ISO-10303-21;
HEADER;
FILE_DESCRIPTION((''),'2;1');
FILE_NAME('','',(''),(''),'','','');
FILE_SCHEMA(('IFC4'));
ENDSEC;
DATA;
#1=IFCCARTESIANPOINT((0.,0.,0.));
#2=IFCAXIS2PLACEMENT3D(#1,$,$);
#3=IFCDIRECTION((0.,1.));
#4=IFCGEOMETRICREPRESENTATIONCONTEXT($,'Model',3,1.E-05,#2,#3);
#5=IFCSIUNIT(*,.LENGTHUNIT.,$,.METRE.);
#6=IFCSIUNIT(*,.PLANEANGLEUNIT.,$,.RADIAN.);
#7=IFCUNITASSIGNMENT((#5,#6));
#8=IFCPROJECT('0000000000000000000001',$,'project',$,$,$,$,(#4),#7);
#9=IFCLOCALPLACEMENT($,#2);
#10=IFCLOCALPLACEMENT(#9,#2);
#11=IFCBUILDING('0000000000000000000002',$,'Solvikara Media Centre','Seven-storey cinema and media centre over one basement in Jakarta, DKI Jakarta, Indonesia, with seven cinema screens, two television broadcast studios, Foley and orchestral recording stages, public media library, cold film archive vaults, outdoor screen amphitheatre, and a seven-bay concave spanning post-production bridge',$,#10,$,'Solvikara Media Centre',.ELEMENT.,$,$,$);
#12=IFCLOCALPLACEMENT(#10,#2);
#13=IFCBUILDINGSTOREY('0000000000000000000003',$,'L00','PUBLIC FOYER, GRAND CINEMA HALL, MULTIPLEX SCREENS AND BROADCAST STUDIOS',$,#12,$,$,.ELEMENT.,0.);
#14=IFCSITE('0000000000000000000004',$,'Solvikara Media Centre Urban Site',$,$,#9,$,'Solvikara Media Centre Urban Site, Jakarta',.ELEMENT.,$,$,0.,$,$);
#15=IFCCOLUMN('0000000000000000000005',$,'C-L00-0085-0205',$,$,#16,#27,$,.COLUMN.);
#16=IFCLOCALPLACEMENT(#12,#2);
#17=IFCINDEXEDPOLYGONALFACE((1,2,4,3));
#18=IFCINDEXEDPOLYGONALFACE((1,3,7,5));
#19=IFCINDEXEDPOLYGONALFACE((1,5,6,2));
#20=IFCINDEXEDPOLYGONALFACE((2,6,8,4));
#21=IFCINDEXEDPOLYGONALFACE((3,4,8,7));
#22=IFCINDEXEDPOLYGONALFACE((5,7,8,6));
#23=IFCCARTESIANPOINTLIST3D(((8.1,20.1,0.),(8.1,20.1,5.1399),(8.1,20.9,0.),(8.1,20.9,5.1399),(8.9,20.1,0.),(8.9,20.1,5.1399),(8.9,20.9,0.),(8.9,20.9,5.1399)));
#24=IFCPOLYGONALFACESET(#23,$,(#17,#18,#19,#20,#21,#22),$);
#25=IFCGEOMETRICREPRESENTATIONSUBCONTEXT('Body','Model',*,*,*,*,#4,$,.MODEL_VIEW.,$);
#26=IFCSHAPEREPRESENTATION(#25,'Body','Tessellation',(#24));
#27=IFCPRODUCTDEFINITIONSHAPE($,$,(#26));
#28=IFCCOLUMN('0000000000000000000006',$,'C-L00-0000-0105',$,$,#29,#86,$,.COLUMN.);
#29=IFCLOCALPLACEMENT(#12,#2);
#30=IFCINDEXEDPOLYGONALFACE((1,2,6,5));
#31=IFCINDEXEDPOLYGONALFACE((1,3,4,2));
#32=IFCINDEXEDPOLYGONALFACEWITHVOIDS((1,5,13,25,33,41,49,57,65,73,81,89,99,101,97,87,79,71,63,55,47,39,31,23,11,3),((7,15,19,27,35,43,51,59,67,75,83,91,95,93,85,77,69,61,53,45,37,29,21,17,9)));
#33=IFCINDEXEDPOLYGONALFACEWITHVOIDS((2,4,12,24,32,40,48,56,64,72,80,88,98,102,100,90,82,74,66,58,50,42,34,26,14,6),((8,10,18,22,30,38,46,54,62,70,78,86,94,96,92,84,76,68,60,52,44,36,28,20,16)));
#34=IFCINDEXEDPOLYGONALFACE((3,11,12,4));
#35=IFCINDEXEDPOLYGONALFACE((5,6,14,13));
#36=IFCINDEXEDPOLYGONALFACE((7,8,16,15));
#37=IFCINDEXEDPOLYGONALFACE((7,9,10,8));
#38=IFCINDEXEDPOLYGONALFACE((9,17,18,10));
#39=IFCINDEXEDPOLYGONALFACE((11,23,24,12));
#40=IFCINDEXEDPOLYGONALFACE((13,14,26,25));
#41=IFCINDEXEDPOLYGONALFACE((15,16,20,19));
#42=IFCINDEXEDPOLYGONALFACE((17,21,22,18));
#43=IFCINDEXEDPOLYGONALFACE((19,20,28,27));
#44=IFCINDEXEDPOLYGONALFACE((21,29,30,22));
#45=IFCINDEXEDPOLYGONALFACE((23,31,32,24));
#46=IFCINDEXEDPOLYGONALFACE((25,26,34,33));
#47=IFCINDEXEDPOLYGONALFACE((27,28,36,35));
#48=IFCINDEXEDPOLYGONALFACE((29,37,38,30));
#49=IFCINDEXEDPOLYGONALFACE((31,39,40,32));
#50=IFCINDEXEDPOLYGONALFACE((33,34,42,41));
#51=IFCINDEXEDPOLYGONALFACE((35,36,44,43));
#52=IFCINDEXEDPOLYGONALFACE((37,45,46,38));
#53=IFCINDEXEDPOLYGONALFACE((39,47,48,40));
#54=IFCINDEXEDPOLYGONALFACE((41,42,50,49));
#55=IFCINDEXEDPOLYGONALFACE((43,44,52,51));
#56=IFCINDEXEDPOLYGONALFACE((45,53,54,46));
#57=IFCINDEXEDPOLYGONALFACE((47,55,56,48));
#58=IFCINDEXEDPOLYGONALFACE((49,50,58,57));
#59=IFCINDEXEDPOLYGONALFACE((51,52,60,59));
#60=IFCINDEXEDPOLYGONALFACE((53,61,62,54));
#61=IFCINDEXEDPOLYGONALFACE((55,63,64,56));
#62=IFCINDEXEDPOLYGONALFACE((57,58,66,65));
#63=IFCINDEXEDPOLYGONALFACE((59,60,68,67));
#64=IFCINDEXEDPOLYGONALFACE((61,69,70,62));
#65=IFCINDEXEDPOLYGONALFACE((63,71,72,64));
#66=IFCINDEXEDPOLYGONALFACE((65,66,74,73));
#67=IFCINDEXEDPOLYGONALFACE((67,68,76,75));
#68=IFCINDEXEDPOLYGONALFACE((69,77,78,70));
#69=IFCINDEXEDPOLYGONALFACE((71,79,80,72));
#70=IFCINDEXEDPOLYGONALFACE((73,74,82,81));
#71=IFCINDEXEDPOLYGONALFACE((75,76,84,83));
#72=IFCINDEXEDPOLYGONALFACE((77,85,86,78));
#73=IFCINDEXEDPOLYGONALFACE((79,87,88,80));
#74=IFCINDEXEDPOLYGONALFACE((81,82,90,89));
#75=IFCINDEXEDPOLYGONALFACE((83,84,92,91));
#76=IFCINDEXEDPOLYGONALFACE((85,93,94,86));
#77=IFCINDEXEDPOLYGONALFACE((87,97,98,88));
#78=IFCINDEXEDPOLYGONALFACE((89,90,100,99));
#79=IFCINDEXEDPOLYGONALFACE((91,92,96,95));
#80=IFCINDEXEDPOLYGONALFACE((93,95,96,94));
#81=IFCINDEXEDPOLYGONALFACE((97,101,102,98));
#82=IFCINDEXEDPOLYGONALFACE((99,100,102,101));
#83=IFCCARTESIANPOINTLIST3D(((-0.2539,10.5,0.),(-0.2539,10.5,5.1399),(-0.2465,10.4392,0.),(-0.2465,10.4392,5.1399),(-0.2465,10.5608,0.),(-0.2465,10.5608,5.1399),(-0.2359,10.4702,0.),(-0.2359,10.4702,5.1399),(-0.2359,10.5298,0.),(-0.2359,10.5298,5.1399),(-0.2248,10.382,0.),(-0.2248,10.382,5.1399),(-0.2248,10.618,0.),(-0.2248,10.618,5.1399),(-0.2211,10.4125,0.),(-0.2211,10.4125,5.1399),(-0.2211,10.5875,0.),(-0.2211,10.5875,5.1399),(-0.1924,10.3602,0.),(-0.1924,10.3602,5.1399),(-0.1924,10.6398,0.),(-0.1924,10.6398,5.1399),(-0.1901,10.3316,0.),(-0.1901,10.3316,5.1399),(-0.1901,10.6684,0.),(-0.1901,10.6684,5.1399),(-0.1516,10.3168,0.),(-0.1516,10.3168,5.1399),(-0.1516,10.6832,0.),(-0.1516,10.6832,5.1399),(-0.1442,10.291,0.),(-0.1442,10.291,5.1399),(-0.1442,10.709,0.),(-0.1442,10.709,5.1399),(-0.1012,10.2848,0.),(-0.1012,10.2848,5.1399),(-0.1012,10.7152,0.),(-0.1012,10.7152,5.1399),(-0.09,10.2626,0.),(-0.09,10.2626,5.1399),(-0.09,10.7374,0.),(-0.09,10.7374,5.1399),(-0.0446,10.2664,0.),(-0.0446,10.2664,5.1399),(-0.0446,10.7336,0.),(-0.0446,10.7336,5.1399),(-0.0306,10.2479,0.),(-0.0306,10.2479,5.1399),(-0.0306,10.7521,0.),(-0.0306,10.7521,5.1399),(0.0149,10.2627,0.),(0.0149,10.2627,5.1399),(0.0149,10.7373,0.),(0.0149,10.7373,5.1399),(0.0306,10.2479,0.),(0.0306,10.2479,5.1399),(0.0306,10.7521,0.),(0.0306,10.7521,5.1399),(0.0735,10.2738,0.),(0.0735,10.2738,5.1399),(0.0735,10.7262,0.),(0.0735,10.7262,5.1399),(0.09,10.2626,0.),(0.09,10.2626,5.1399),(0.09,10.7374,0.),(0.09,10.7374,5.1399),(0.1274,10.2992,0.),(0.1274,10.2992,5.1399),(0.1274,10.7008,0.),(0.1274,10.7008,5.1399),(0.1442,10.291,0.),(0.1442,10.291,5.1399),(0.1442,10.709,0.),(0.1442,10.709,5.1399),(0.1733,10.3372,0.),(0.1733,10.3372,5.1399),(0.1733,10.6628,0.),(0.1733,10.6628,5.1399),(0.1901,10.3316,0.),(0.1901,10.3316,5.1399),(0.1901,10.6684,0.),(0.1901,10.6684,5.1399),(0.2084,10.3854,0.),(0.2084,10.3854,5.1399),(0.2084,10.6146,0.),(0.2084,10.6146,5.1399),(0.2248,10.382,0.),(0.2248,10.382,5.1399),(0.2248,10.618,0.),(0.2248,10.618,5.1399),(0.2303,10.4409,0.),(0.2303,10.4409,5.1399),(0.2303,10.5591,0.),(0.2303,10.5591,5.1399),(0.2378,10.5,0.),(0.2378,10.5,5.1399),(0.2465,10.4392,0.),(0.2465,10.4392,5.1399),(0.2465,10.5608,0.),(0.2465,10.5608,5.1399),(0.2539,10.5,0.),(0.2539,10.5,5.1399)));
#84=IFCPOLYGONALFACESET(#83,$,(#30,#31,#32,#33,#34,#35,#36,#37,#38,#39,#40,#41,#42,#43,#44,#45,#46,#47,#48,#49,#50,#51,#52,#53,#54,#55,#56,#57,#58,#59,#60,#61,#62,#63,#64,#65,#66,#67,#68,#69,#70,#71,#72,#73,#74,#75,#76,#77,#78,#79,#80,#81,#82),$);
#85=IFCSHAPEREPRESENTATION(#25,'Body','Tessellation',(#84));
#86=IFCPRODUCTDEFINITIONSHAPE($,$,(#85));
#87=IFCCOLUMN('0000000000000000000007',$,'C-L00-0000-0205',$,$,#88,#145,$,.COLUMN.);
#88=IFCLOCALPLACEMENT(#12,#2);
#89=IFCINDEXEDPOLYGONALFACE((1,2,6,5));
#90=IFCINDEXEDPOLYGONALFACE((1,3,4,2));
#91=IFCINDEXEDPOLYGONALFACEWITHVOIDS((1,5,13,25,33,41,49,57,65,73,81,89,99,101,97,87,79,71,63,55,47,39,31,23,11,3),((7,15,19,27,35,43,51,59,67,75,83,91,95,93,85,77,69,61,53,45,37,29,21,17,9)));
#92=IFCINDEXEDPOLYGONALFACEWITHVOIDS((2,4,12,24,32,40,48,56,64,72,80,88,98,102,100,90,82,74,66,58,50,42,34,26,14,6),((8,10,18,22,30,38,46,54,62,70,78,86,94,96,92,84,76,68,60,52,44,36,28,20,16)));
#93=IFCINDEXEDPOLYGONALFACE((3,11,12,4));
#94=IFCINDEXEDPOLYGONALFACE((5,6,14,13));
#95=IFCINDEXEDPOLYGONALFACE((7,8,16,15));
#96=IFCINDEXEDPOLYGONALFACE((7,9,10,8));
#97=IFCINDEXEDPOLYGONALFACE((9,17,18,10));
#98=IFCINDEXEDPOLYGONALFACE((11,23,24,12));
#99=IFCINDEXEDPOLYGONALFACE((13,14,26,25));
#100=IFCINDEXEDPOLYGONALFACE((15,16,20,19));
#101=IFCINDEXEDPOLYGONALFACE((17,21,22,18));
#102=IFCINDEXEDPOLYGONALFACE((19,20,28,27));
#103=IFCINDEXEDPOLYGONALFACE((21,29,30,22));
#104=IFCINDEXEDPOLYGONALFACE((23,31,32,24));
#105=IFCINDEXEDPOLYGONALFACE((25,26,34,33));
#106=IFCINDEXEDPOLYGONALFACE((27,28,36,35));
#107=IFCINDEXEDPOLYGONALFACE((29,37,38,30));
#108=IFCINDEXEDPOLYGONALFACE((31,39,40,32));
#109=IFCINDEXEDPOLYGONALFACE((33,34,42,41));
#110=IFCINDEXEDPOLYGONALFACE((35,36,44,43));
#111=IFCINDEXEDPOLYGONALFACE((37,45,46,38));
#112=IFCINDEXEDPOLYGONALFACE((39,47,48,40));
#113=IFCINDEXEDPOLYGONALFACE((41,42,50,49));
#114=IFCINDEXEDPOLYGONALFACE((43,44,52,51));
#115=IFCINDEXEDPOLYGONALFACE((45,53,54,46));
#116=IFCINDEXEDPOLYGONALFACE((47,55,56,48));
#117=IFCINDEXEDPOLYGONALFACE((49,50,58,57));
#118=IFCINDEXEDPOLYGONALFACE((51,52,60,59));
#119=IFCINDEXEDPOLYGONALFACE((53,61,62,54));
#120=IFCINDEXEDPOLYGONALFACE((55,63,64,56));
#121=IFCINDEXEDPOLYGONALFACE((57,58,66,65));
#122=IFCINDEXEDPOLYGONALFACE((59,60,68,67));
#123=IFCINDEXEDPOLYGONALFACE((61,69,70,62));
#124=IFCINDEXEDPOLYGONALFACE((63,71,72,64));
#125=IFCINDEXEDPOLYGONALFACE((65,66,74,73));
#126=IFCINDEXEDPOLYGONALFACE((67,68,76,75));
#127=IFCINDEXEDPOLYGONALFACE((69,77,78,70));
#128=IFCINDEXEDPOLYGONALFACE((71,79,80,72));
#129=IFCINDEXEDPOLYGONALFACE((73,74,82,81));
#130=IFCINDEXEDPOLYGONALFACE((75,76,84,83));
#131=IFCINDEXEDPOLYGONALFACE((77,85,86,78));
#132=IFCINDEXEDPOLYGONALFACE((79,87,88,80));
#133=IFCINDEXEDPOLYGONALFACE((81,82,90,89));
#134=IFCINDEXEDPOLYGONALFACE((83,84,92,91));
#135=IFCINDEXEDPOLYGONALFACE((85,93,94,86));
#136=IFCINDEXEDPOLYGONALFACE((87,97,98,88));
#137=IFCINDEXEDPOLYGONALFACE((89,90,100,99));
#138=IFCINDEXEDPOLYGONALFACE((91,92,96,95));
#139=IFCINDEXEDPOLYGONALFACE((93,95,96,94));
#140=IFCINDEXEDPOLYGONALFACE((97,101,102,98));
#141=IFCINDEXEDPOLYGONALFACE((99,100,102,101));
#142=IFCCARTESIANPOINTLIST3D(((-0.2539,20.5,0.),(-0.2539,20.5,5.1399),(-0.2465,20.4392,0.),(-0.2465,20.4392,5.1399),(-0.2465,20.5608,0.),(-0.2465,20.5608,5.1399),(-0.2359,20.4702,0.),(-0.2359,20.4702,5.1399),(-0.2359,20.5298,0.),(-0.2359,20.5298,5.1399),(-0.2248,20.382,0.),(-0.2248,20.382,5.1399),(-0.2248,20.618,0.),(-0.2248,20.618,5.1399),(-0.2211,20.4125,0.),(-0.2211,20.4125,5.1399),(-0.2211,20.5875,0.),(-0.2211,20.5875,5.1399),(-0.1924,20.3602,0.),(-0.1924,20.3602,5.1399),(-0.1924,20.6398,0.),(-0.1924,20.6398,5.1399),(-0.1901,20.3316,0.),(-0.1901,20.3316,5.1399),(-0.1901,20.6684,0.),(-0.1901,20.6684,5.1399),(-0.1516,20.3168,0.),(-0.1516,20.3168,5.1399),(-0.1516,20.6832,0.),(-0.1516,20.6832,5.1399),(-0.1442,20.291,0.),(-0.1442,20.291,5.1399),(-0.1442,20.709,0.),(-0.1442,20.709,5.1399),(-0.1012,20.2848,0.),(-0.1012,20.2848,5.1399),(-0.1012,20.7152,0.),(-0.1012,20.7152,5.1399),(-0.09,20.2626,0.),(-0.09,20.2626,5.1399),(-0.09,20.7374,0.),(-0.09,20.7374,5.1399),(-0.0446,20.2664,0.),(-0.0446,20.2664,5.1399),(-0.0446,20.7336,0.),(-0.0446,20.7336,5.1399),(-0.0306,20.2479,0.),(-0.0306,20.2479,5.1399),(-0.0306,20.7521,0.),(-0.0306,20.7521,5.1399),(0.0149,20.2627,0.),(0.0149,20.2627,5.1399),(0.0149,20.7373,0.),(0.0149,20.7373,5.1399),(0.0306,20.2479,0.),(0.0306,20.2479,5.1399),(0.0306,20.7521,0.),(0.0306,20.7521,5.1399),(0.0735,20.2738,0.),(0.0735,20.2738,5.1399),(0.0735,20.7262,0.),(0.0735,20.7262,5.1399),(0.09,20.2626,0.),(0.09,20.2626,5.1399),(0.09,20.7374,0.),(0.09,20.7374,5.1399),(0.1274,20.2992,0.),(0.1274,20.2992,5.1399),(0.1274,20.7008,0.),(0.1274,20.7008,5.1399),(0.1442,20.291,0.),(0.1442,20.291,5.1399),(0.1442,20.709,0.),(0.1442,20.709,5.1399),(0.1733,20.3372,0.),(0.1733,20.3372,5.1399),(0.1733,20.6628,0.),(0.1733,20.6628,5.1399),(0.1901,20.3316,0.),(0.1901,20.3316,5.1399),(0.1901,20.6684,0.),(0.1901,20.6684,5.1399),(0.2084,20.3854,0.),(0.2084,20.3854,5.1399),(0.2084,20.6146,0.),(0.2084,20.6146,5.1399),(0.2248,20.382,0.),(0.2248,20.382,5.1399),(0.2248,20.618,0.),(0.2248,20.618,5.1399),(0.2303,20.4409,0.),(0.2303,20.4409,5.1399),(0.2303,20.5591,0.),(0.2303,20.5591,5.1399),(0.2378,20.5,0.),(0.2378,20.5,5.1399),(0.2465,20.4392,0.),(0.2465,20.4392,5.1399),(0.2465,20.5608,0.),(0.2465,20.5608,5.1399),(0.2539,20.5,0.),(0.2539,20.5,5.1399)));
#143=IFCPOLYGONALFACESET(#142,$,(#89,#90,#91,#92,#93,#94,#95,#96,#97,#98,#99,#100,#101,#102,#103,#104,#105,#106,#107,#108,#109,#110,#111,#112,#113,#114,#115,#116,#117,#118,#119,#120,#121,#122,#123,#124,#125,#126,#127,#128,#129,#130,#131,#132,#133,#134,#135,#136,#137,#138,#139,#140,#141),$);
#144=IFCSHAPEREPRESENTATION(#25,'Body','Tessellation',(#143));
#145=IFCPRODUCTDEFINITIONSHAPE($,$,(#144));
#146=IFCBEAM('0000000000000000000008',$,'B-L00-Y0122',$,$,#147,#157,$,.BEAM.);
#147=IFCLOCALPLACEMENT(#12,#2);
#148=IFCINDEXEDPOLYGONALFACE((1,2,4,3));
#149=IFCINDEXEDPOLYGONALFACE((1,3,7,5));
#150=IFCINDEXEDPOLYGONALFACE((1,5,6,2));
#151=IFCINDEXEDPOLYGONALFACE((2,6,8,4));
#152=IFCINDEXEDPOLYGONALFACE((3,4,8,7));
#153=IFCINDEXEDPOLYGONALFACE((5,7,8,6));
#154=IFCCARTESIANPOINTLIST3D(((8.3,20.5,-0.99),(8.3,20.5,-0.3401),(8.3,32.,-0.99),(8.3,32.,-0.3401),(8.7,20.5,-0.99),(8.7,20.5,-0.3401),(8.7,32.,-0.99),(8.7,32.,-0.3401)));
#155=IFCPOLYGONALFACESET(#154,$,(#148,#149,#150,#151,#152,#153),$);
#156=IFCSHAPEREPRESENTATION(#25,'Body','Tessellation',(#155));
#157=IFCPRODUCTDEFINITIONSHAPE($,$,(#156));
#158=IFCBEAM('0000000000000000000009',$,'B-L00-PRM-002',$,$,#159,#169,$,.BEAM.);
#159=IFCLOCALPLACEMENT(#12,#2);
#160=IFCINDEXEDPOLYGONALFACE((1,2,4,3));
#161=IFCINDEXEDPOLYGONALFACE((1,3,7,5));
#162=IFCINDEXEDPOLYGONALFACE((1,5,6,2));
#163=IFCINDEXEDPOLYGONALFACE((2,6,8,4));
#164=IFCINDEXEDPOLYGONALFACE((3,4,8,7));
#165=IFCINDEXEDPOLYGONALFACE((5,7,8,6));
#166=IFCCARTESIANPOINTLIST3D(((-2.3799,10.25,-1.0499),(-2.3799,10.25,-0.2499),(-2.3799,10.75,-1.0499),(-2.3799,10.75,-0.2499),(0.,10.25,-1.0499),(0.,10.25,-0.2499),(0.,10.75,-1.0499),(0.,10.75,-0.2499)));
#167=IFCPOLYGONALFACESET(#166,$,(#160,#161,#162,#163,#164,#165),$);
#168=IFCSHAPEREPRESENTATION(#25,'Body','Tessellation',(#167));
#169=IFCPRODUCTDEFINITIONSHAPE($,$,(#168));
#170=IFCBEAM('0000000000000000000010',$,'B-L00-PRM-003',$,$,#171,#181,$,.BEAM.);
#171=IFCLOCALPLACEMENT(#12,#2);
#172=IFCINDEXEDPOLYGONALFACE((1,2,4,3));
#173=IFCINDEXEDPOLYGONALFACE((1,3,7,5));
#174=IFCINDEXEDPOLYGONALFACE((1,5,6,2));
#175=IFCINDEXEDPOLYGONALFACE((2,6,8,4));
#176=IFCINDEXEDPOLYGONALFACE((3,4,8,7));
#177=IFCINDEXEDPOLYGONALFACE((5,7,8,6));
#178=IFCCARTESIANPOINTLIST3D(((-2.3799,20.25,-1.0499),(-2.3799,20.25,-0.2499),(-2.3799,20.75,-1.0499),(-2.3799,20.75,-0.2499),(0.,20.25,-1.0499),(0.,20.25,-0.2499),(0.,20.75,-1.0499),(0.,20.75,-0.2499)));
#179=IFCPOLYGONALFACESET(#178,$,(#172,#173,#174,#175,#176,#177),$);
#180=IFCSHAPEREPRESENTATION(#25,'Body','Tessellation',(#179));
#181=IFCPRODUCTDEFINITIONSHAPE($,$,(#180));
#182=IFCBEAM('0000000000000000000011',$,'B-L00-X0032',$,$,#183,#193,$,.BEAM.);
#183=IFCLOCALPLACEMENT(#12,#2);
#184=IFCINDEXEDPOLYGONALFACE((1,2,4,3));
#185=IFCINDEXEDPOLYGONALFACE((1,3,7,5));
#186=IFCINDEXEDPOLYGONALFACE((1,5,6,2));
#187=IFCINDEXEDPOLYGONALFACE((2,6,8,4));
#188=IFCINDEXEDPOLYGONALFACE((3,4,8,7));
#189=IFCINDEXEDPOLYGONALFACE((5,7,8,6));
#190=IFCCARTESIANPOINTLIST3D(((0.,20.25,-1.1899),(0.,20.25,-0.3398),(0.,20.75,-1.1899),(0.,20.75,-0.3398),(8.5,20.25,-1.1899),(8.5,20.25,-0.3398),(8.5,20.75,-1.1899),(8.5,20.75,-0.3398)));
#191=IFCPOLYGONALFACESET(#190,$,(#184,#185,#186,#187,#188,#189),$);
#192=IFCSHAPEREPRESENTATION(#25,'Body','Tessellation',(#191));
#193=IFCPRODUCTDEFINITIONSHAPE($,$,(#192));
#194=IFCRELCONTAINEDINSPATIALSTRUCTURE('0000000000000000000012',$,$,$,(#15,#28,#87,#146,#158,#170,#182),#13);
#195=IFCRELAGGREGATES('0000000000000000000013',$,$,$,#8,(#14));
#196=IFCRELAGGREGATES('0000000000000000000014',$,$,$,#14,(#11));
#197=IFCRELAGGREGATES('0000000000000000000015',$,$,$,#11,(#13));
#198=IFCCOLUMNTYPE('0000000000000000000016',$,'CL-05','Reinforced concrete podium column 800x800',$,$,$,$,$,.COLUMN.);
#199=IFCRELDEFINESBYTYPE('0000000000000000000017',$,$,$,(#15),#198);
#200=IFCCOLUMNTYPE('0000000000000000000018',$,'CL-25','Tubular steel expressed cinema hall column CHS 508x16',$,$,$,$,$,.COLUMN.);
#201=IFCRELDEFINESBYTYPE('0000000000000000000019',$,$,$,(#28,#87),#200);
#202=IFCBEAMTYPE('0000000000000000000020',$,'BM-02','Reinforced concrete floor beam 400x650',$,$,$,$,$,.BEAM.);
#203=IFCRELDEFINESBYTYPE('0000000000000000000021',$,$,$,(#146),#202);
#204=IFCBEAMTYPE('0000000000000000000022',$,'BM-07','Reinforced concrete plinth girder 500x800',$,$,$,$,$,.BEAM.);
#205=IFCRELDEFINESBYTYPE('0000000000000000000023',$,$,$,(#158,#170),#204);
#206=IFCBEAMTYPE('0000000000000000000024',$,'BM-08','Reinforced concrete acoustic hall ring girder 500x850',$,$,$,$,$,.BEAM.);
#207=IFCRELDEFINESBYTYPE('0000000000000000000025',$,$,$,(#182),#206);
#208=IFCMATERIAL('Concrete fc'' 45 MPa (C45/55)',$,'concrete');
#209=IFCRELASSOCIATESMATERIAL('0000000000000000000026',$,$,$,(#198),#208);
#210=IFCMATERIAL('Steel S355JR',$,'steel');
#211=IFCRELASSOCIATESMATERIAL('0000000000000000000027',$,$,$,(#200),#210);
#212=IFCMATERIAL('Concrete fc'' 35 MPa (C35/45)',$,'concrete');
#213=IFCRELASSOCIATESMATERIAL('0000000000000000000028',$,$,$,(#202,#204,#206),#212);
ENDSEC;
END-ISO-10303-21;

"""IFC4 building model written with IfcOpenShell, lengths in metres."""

from ifc_helpers import new_model, si_unit, direction, frame, origin, origin_2d, place, context, subcontext, project, spatial, rectangle, hollow_circle, extrude, material, material_profile, profile_set, type_object, element, save


model = new_model("IFC4")

# Units and contexts
model_context = context("Model", 3, precision=1e-05, world=origin(), true_north=direction((0.0, 1.0)))
body_context = subcontext(model_context, "Body", "Model", "MODEL_VIEW")
ifc_project = project(units=[si_unit("LENGTHUNIT", "METRE"), si_unit("PLANEANGLEUNIT", "RADIAN")], contexts=[model_context])

# Site, building, storey
site_placement = place(None, origin())
site = spatial("IfcSite", under=ifc_project, at=site_placement, Name="Solvikara Media Centre Urban Site", LongName="Solvikara Media Centre Urban Site, Jakarta", CompositionType="ELEMENT", RefElevation=0.0)
building_placement = place(site_placement, origin())
building = spatial("IfcBuilding", under=site, at=building_placement, Name="Solvikara Media Centre", Description="Seven-storey cinema and media centre over one basement in Jakarta, DKI Jakarta, Indonesia, with seven cinema screens, two television broadcast studios, Foley and orchestral recording stages, public media library, cold film archive vaults, outdoor screen amphitheatre, and a seven-bay concave spanning post-production bridge", LongName="Solvikara Media Centre", CompositionType="ELEMENT")
storey_placement = place(building_placement, origin())
storey = spatial("IfcBuildingStorey", under=building, at=storey_placement, Name="L00", Description="PUBLIC FOYER, GRAND CINEMA HALL, MULTIPLEX SCREENS AND BROADCAST STUDIOS", CompositionType="ELEMENT", Elevation=0.0)

# Columns
ifc_material_1 = material(Name="Concrete fc' 45 MPa (C45/55)", Category="concrete")
ifc_material_profile_1 = material_profile(ifc_material_1, rectangle(XDim=0.8, YDim=0.8, at=origin_2d()), Name="RC 800x800")
ifc_profile_set_1 = profile_set([ifc_material_profile_1], Name="Concrete fc' 45 MPa (C45/55)")
column_type_1 = type_object("IfcColumnType", Name="CL-05", Description="Reinforced concrete podium column 800x800", PredefinedType="COLUMN", material=ifc_profile_set_1)
column_placement = place(storey_placement, frame((8.5, 20.5, 0.0), z_axis=(0.0, 0.0, 1.0), x_axis=(1.0, 0.0, 0.0)))
element("IfcColumn", 1, at=column_placement, inside=storey, type_object=column_type_1, Name="C-L00-0085-0205", PredefinedType="COLUMN", context=body_context, shape_type="SweptSolid", body=[
    extrude(rectangle(XDim=0.8, YDim=0.8, at=origin_2d()), origin(), (0.0, 0.0, 1.0), 5.1399),
])
ifc_material_2 = material(Name="Steel S355JR", Category="steel")
ifc_material_profile_2 = material_profile(ifc_material_2, hollow_circle(Radius=0.2539, WallThickness=0.0161, at=origin_2d()), Name="CHS 508x16")
ifc_profile_set_2 = profile_set([ifc_material_profile_2], Name="Steel S355JR")
column_type_2 = type_object("IfcColumnType", Name="CL-25", Description="Tubular steel expressed cinema hall column CHS 508x16", PredefinedType="COLUMN", material=ifc_profile_set_2)
for number, where, z_axis, x_axis, name in (
    (2, (0.0, 10.5, 0.0), (0.0, 0.0, 1.0), (1.0, 0.0, 0.0), "C-L00-0000-0105"),
    (3, (0.0, 20.5, 0.0), (0.0, 0.0, 1.0), (1.0, 0.0, 0.0), "C-L00-0000-0205"),
):
    element("IfcColumn", number, at=place(storey_placement, frame(where, z_axis=z_axis, x_axis=x_axis)), inside=storey, type_object=column_type_2, Name=name, PredefinedType="COLUMN", context=body_context, shape_type="SweptSolid", body=[
        extrude(hollow_circle(Radius=0.2539, WallThickness=0.0161, at=origin_2d()), origin(), (0.0, 0.0, 1.0), 5.1399),
    ])

# Beams
ifc_material_3 = material(Name="Concrete fc' 35 MPa (C35/45)", Category="concrete")
ifc_material_profile_3 = material_profile(ifc_material_3, rectangle(XDim=0.3999, YDim=0.6499, at=origin_2d()), Name="RC 400x650")
ifc_profile_set_3 = profile_set([ifc_material_profile_3], Name="Concrete fc' 35 MPa (C35/45)")
beam_type_1 = type_object("IfcBeamType", Name="BM-02", Description="Reinforced concrete floor beam 400x650", PredefinedType="BEAM", material=ifc_profile_set_3)
beam_1_placement = place(storey_placement, frame((8.5, 20.5, -0.665), z_axis=(0.0, 1.0, 0.0), x_axis=(-1.0, 0.0, 0.0)))
element("IfcBeam", 4, at=beam_1_placement, inside=storey, type_object=beam_type_1, Name="B-L00-Y0122", PredefinedType="BEAM", context=body_context, shape_type="SweptSolid", body=[
    extrude(rectangle(XDim=0.3999, YDim=0.6499, at=origin_2d()), origin(), (0.0, 0.0, 1.0), 11.5),
])
ifc_material_profile_4 = material_profile(ifc_material_3, rectangle(XDim=0.5, YDim=0.8, at=origin_2d()), Name="RC 500x800")
ifc_profile_set_4 = profile_set([ifc_material_profile_4], Name="Concrete fc' 35 MPa (C35/45)")
beam_type_2 = type_object("IfcBeamType", Name="BM-07", Description="Reinforced concrete plinth girder 500x800", PredefinedType="BEAM", material=ifc_profile_set_4)
for number, where, z_axis, x_axis, name in (
    (5, (-2.3799, 10.5, -0.6499), (1.0, 0.0, 0.0), (0.0, 1.0, 0.0), "B-L00-PRM-002"),
    (6, (-2.3799, 20.5, -0.6499), (1.0, 0.0, 0.0), (0.0, 1.0, 0.0), "B-L00-PRM-003"),
):
    element("IfcBeam", number, at=place(storey_placement, frame(where, z_axis=z_axis, x_axis=x_axis)), inside=storey, type_object=beam_type_2, Name=name, PredefinedType="BEAM", context=body_context, shape_type="SweptSolid", body=[
        extrude(rectangle(XDim=0.5, YDim=0.8, at=origin_2d()), origin(), (0.0, 0.0, 1.0), 2.3799),
    ])
ifc_material_profile_5 = material_profile(ifc_material_3, rectangle(XDim=0.5, YDim=0.8501, at=origin_2d()), Name="RC 500x850")
ifc_profile_set_5 = profile_set([ifc_material_profile_5], Name="Concrete fc' 35 MPa (C35/45)")
beam_type_3 = type_object("IfcBeamType", Name="BM-08", Description="Reinforced concrete acoustic hall ring girder 500x850", PredefinedType="BEAM", material=ifc_profile_set_5)
beam_2_placement = place(storey_placement, frame((0.0, 20.5, -0.7649), z_axis=(1.0, 0.0, 0.0), x_axis=(0.0, 1.0, 0.0)))
element("IfcBeam", 7, at=beam_2_placement, inside=storey, type_object=beam_type_3, Name="B-L00-X0032", PredefinedType="BEAM", context=body_context, shape_type="SweptSolid", body=[
    extrude(rectangle(XDim=0.5, YDim=0.8501, at=origin_2d()), origin(), (0.0, 0.0, 1.0), 8.5),
])

save(model, "model.ifc")
